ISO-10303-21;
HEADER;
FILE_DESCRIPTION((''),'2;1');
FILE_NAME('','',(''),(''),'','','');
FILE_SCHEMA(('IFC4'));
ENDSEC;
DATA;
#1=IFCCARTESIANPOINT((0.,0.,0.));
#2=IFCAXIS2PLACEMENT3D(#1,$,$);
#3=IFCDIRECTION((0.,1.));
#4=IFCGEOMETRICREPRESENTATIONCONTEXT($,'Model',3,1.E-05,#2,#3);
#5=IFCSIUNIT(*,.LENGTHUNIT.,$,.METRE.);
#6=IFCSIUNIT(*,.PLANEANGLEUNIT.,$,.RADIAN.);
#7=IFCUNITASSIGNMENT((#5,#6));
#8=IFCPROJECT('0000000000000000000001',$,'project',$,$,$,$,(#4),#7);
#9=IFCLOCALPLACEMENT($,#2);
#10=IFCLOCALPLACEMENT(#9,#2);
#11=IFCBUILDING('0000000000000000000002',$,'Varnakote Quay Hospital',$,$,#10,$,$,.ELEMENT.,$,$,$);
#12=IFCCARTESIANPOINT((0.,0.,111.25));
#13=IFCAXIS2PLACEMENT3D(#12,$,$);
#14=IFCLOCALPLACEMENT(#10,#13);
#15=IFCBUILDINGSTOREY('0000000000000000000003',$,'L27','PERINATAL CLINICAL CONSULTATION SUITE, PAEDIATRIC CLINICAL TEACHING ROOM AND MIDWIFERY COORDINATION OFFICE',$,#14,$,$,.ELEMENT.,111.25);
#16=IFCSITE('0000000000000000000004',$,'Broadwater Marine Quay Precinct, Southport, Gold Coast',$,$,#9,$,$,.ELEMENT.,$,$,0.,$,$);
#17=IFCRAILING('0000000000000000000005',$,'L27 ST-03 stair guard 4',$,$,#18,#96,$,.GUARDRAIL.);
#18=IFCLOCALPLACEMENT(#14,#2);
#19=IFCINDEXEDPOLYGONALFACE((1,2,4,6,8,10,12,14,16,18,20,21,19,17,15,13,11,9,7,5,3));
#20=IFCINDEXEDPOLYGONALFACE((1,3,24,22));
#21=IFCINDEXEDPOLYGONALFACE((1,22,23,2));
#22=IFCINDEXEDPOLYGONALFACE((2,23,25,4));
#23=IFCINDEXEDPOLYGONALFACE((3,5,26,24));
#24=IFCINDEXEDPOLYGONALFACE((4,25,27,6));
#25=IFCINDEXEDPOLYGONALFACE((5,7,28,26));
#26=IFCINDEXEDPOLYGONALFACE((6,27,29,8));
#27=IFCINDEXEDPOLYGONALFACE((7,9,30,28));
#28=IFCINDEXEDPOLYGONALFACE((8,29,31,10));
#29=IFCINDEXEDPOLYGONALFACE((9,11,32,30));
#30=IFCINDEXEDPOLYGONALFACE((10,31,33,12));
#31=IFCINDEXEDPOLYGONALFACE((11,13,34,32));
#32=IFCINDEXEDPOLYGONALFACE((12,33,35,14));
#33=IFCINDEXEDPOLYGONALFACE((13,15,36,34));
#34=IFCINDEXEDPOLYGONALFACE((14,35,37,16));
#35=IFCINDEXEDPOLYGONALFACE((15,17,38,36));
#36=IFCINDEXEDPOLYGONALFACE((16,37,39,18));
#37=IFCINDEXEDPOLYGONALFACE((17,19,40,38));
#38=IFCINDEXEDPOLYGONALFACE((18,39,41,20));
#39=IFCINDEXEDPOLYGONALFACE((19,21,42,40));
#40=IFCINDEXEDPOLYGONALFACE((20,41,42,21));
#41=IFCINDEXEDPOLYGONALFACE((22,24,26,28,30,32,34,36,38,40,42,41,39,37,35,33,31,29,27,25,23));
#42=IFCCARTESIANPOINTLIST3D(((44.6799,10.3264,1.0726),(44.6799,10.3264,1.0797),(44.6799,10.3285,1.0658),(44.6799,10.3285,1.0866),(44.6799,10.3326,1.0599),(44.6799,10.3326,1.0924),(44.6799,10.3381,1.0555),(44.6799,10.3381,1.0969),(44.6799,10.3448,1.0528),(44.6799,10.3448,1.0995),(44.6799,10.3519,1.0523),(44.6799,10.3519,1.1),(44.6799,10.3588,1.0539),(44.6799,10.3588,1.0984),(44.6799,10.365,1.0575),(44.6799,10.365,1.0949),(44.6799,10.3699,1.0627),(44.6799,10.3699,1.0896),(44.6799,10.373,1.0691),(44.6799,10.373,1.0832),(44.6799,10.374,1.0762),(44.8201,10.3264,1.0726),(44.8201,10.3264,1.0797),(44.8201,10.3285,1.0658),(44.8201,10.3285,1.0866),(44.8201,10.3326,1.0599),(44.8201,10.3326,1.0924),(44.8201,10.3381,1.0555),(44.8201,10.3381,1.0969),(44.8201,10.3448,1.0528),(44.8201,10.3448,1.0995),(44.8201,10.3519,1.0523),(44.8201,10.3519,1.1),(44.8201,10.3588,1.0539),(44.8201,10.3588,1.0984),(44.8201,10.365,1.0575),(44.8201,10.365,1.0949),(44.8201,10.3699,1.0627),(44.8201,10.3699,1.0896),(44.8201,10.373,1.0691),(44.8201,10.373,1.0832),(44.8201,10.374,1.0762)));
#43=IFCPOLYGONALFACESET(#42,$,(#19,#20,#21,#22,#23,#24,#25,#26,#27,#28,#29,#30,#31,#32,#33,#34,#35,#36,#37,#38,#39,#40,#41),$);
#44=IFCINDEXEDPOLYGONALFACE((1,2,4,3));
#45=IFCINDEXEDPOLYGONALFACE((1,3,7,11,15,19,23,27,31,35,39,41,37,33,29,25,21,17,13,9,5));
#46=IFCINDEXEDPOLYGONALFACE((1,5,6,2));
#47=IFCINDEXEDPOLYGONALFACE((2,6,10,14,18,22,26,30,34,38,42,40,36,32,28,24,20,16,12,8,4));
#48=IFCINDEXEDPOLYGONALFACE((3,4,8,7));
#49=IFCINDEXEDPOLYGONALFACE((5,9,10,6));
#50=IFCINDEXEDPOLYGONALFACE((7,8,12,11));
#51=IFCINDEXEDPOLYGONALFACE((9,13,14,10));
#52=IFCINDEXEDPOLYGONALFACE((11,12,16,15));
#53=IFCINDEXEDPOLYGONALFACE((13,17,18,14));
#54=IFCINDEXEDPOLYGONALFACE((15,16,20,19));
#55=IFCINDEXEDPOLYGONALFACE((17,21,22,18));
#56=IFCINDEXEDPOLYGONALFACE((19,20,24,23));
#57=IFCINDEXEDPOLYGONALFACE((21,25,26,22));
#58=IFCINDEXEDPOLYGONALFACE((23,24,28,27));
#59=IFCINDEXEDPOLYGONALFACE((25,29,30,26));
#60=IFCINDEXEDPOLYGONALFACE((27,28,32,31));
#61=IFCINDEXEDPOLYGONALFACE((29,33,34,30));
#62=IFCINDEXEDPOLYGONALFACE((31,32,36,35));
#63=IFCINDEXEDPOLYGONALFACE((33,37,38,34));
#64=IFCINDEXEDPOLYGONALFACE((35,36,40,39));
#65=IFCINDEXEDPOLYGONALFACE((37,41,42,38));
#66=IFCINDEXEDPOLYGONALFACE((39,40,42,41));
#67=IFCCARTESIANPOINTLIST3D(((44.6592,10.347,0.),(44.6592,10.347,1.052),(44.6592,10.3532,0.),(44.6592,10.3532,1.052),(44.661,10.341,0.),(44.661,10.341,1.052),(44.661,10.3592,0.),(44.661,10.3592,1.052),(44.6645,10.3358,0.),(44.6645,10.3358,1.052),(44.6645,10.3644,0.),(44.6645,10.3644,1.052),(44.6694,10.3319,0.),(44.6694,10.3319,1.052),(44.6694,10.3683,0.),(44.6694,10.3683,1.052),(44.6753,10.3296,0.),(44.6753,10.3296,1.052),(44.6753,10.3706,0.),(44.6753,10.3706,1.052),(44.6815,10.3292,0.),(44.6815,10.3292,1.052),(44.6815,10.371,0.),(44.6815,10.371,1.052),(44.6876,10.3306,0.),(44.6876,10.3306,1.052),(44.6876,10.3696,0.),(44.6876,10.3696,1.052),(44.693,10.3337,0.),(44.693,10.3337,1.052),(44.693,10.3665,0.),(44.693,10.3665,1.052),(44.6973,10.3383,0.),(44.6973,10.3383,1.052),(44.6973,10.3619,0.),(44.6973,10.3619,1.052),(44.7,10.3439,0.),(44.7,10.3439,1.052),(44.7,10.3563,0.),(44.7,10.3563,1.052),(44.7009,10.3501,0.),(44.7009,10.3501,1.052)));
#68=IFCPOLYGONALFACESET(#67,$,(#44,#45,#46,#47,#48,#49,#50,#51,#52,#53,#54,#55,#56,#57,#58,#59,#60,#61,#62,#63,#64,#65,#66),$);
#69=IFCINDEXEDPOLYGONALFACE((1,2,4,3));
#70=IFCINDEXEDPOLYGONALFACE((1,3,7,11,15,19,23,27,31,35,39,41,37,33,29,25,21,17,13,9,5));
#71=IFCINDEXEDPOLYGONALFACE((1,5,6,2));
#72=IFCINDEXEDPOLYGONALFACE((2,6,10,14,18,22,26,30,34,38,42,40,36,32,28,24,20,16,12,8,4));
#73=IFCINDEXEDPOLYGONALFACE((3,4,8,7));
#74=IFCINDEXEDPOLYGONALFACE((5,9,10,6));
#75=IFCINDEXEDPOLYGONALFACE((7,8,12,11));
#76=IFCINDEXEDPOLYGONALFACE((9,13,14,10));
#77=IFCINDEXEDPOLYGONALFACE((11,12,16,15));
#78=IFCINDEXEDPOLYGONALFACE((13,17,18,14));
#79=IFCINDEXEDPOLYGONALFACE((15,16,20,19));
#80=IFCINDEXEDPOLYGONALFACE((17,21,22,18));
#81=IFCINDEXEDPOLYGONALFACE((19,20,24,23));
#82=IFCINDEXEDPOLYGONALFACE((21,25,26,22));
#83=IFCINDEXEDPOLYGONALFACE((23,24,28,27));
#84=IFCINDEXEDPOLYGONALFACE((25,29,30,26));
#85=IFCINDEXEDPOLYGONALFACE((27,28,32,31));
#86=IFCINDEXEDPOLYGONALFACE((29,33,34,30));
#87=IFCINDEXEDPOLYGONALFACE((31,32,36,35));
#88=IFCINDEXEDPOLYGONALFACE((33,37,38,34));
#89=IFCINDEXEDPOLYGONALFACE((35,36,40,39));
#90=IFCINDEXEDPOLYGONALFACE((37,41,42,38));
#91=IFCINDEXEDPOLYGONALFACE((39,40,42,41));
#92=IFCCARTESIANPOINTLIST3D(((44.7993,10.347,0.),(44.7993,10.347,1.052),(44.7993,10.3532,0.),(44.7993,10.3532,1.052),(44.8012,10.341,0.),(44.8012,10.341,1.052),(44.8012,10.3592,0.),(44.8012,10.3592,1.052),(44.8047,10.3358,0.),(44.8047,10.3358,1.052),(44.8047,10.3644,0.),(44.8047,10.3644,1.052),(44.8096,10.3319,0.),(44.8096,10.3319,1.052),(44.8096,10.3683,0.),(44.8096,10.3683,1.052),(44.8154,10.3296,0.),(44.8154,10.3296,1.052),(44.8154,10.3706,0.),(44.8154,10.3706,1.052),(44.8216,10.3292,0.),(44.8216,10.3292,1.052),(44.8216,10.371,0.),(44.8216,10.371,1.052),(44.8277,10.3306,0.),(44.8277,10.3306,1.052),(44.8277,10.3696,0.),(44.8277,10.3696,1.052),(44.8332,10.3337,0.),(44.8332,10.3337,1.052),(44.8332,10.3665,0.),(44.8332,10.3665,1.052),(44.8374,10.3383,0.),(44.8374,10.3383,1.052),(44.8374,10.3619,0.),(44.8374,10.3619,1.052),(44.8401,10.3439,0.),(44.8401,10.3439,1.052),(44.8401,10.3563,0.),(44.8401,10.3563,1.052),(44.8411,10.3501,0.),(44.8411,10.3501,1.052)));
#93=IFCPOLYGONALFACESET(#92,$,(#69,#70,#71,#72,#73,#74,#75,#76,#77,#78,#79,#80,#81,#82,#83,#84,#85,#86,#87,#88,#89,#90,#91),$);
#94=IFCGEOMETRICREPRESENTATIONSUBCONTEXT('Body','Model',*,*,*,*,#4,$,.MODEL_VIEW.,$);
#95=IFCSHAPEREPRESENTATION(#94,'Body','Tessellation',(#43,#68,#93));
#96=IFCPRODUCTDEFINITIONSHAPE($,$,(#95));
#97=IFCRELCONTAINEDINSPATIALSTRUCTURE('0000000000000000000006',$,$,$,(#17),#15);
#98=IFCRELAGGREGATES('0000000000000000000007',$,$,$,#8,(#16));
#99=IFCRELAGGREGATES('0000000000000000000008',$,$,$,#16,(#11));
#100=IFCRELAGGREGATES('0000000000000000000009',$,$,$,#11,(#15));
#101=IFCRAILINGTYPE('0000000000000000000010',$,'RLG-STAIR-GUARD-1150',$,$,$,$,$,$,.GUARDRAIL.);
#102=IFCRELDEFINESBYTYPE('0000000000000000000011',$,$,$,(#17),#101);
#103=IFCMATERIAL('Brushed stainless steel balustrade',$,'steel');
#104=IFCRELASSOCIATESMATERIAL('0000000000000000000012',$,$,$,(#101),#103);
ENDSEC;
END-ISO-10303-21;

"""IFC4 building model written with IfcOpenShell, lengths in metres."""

from ifc_helpers import new_model, si_unit, direction, frame, origin, origin_2d, place, context, subcontext, project, spatial, circle, extrude, material, type_object, element, save


model = new_model("IFC4")

# Units and contexts
model_context = context("Model", 3, precision=1e-05, world=origin(), true_north=direction((0.0, 1.0)))
body_context = subcontext(model_context, "Body", "Model", "MODEL_VIEW")
ifc_project = project(units=[si_unit("LENGTHUNIT", "METRE"), si_unit("PLANEANGLEUNIT", "RADIAN")], contexts=[model_context])

# Site, building, storey
site_placement = place(None, origin())
site = spatial("IfcSite", under=ifc_project, at=site_placement, Name="Broadwater Marine Quay Precinct, Southport, Gold Coast", CompositionType="ELEMENT", RefElevation=0.0)
building_placement = place(site_placement, origin())
building = spatial("IfcBuilding", under=site, at=building_placement, Name="Varnakote Quay Hospital", CompositionType="ELEMENT")
storey_placement = place(building_placement, frame((0.0, 0.0, 111.25)))
storey = spatial("IfcBuildingStorey", under=building, at=storey_placement, Name="L27", Description="PERINATAL CLINICAL CONSULTATION SUITE, PAEDIATRIC CLINICAL TEACHING ROOM AND MIDWIFERY COORDINATION OFFICE", CompositionType="ELEMENT", Elevation=111.25)

# Railing
ifc_material_1 = material(Name="Brushed stainless steel balustrade", Category="steel")
railing_type_1 = type_object("IfcRailingType", Name="RLG-STAIR-GUARD-1150", PredefinedType="GUARDRAIL", material=ifc_material_1)
railing_1_placement = place(storey_placement, frame((44.6799, 10.3501, 0.0)))
element("IfcRailing", 1, at=railing_1_placement, inside=storey, type_object=railing_type_1, Name="L27 ST-03 stair guard 4", PredefinedType="GUARDRAIL", context=body_context, shape_type="SweptSolid", body=[
    extrude(circle(Radius=0.0239, at=origin_2d()), frame((0.0, 0.0, 1.0762), z_axis=(1.0, 0.0, 0.0), x_axis=(0.0, 1.0, 0.0)), (0.0, 0.0, 1.0), 0.1401),
    extrude(circle(Radius=0.021, at=origin_2d()), origin(), (0.0, 0.0, 1.0), 1.052),
    extrude(circle(Radius=0.021, at=origin_2d()), frame((0.1401, 0.0, 0.0)), (0.0, 0.0, 1.0), 1.052),
])

save(model, "model.ifc")
